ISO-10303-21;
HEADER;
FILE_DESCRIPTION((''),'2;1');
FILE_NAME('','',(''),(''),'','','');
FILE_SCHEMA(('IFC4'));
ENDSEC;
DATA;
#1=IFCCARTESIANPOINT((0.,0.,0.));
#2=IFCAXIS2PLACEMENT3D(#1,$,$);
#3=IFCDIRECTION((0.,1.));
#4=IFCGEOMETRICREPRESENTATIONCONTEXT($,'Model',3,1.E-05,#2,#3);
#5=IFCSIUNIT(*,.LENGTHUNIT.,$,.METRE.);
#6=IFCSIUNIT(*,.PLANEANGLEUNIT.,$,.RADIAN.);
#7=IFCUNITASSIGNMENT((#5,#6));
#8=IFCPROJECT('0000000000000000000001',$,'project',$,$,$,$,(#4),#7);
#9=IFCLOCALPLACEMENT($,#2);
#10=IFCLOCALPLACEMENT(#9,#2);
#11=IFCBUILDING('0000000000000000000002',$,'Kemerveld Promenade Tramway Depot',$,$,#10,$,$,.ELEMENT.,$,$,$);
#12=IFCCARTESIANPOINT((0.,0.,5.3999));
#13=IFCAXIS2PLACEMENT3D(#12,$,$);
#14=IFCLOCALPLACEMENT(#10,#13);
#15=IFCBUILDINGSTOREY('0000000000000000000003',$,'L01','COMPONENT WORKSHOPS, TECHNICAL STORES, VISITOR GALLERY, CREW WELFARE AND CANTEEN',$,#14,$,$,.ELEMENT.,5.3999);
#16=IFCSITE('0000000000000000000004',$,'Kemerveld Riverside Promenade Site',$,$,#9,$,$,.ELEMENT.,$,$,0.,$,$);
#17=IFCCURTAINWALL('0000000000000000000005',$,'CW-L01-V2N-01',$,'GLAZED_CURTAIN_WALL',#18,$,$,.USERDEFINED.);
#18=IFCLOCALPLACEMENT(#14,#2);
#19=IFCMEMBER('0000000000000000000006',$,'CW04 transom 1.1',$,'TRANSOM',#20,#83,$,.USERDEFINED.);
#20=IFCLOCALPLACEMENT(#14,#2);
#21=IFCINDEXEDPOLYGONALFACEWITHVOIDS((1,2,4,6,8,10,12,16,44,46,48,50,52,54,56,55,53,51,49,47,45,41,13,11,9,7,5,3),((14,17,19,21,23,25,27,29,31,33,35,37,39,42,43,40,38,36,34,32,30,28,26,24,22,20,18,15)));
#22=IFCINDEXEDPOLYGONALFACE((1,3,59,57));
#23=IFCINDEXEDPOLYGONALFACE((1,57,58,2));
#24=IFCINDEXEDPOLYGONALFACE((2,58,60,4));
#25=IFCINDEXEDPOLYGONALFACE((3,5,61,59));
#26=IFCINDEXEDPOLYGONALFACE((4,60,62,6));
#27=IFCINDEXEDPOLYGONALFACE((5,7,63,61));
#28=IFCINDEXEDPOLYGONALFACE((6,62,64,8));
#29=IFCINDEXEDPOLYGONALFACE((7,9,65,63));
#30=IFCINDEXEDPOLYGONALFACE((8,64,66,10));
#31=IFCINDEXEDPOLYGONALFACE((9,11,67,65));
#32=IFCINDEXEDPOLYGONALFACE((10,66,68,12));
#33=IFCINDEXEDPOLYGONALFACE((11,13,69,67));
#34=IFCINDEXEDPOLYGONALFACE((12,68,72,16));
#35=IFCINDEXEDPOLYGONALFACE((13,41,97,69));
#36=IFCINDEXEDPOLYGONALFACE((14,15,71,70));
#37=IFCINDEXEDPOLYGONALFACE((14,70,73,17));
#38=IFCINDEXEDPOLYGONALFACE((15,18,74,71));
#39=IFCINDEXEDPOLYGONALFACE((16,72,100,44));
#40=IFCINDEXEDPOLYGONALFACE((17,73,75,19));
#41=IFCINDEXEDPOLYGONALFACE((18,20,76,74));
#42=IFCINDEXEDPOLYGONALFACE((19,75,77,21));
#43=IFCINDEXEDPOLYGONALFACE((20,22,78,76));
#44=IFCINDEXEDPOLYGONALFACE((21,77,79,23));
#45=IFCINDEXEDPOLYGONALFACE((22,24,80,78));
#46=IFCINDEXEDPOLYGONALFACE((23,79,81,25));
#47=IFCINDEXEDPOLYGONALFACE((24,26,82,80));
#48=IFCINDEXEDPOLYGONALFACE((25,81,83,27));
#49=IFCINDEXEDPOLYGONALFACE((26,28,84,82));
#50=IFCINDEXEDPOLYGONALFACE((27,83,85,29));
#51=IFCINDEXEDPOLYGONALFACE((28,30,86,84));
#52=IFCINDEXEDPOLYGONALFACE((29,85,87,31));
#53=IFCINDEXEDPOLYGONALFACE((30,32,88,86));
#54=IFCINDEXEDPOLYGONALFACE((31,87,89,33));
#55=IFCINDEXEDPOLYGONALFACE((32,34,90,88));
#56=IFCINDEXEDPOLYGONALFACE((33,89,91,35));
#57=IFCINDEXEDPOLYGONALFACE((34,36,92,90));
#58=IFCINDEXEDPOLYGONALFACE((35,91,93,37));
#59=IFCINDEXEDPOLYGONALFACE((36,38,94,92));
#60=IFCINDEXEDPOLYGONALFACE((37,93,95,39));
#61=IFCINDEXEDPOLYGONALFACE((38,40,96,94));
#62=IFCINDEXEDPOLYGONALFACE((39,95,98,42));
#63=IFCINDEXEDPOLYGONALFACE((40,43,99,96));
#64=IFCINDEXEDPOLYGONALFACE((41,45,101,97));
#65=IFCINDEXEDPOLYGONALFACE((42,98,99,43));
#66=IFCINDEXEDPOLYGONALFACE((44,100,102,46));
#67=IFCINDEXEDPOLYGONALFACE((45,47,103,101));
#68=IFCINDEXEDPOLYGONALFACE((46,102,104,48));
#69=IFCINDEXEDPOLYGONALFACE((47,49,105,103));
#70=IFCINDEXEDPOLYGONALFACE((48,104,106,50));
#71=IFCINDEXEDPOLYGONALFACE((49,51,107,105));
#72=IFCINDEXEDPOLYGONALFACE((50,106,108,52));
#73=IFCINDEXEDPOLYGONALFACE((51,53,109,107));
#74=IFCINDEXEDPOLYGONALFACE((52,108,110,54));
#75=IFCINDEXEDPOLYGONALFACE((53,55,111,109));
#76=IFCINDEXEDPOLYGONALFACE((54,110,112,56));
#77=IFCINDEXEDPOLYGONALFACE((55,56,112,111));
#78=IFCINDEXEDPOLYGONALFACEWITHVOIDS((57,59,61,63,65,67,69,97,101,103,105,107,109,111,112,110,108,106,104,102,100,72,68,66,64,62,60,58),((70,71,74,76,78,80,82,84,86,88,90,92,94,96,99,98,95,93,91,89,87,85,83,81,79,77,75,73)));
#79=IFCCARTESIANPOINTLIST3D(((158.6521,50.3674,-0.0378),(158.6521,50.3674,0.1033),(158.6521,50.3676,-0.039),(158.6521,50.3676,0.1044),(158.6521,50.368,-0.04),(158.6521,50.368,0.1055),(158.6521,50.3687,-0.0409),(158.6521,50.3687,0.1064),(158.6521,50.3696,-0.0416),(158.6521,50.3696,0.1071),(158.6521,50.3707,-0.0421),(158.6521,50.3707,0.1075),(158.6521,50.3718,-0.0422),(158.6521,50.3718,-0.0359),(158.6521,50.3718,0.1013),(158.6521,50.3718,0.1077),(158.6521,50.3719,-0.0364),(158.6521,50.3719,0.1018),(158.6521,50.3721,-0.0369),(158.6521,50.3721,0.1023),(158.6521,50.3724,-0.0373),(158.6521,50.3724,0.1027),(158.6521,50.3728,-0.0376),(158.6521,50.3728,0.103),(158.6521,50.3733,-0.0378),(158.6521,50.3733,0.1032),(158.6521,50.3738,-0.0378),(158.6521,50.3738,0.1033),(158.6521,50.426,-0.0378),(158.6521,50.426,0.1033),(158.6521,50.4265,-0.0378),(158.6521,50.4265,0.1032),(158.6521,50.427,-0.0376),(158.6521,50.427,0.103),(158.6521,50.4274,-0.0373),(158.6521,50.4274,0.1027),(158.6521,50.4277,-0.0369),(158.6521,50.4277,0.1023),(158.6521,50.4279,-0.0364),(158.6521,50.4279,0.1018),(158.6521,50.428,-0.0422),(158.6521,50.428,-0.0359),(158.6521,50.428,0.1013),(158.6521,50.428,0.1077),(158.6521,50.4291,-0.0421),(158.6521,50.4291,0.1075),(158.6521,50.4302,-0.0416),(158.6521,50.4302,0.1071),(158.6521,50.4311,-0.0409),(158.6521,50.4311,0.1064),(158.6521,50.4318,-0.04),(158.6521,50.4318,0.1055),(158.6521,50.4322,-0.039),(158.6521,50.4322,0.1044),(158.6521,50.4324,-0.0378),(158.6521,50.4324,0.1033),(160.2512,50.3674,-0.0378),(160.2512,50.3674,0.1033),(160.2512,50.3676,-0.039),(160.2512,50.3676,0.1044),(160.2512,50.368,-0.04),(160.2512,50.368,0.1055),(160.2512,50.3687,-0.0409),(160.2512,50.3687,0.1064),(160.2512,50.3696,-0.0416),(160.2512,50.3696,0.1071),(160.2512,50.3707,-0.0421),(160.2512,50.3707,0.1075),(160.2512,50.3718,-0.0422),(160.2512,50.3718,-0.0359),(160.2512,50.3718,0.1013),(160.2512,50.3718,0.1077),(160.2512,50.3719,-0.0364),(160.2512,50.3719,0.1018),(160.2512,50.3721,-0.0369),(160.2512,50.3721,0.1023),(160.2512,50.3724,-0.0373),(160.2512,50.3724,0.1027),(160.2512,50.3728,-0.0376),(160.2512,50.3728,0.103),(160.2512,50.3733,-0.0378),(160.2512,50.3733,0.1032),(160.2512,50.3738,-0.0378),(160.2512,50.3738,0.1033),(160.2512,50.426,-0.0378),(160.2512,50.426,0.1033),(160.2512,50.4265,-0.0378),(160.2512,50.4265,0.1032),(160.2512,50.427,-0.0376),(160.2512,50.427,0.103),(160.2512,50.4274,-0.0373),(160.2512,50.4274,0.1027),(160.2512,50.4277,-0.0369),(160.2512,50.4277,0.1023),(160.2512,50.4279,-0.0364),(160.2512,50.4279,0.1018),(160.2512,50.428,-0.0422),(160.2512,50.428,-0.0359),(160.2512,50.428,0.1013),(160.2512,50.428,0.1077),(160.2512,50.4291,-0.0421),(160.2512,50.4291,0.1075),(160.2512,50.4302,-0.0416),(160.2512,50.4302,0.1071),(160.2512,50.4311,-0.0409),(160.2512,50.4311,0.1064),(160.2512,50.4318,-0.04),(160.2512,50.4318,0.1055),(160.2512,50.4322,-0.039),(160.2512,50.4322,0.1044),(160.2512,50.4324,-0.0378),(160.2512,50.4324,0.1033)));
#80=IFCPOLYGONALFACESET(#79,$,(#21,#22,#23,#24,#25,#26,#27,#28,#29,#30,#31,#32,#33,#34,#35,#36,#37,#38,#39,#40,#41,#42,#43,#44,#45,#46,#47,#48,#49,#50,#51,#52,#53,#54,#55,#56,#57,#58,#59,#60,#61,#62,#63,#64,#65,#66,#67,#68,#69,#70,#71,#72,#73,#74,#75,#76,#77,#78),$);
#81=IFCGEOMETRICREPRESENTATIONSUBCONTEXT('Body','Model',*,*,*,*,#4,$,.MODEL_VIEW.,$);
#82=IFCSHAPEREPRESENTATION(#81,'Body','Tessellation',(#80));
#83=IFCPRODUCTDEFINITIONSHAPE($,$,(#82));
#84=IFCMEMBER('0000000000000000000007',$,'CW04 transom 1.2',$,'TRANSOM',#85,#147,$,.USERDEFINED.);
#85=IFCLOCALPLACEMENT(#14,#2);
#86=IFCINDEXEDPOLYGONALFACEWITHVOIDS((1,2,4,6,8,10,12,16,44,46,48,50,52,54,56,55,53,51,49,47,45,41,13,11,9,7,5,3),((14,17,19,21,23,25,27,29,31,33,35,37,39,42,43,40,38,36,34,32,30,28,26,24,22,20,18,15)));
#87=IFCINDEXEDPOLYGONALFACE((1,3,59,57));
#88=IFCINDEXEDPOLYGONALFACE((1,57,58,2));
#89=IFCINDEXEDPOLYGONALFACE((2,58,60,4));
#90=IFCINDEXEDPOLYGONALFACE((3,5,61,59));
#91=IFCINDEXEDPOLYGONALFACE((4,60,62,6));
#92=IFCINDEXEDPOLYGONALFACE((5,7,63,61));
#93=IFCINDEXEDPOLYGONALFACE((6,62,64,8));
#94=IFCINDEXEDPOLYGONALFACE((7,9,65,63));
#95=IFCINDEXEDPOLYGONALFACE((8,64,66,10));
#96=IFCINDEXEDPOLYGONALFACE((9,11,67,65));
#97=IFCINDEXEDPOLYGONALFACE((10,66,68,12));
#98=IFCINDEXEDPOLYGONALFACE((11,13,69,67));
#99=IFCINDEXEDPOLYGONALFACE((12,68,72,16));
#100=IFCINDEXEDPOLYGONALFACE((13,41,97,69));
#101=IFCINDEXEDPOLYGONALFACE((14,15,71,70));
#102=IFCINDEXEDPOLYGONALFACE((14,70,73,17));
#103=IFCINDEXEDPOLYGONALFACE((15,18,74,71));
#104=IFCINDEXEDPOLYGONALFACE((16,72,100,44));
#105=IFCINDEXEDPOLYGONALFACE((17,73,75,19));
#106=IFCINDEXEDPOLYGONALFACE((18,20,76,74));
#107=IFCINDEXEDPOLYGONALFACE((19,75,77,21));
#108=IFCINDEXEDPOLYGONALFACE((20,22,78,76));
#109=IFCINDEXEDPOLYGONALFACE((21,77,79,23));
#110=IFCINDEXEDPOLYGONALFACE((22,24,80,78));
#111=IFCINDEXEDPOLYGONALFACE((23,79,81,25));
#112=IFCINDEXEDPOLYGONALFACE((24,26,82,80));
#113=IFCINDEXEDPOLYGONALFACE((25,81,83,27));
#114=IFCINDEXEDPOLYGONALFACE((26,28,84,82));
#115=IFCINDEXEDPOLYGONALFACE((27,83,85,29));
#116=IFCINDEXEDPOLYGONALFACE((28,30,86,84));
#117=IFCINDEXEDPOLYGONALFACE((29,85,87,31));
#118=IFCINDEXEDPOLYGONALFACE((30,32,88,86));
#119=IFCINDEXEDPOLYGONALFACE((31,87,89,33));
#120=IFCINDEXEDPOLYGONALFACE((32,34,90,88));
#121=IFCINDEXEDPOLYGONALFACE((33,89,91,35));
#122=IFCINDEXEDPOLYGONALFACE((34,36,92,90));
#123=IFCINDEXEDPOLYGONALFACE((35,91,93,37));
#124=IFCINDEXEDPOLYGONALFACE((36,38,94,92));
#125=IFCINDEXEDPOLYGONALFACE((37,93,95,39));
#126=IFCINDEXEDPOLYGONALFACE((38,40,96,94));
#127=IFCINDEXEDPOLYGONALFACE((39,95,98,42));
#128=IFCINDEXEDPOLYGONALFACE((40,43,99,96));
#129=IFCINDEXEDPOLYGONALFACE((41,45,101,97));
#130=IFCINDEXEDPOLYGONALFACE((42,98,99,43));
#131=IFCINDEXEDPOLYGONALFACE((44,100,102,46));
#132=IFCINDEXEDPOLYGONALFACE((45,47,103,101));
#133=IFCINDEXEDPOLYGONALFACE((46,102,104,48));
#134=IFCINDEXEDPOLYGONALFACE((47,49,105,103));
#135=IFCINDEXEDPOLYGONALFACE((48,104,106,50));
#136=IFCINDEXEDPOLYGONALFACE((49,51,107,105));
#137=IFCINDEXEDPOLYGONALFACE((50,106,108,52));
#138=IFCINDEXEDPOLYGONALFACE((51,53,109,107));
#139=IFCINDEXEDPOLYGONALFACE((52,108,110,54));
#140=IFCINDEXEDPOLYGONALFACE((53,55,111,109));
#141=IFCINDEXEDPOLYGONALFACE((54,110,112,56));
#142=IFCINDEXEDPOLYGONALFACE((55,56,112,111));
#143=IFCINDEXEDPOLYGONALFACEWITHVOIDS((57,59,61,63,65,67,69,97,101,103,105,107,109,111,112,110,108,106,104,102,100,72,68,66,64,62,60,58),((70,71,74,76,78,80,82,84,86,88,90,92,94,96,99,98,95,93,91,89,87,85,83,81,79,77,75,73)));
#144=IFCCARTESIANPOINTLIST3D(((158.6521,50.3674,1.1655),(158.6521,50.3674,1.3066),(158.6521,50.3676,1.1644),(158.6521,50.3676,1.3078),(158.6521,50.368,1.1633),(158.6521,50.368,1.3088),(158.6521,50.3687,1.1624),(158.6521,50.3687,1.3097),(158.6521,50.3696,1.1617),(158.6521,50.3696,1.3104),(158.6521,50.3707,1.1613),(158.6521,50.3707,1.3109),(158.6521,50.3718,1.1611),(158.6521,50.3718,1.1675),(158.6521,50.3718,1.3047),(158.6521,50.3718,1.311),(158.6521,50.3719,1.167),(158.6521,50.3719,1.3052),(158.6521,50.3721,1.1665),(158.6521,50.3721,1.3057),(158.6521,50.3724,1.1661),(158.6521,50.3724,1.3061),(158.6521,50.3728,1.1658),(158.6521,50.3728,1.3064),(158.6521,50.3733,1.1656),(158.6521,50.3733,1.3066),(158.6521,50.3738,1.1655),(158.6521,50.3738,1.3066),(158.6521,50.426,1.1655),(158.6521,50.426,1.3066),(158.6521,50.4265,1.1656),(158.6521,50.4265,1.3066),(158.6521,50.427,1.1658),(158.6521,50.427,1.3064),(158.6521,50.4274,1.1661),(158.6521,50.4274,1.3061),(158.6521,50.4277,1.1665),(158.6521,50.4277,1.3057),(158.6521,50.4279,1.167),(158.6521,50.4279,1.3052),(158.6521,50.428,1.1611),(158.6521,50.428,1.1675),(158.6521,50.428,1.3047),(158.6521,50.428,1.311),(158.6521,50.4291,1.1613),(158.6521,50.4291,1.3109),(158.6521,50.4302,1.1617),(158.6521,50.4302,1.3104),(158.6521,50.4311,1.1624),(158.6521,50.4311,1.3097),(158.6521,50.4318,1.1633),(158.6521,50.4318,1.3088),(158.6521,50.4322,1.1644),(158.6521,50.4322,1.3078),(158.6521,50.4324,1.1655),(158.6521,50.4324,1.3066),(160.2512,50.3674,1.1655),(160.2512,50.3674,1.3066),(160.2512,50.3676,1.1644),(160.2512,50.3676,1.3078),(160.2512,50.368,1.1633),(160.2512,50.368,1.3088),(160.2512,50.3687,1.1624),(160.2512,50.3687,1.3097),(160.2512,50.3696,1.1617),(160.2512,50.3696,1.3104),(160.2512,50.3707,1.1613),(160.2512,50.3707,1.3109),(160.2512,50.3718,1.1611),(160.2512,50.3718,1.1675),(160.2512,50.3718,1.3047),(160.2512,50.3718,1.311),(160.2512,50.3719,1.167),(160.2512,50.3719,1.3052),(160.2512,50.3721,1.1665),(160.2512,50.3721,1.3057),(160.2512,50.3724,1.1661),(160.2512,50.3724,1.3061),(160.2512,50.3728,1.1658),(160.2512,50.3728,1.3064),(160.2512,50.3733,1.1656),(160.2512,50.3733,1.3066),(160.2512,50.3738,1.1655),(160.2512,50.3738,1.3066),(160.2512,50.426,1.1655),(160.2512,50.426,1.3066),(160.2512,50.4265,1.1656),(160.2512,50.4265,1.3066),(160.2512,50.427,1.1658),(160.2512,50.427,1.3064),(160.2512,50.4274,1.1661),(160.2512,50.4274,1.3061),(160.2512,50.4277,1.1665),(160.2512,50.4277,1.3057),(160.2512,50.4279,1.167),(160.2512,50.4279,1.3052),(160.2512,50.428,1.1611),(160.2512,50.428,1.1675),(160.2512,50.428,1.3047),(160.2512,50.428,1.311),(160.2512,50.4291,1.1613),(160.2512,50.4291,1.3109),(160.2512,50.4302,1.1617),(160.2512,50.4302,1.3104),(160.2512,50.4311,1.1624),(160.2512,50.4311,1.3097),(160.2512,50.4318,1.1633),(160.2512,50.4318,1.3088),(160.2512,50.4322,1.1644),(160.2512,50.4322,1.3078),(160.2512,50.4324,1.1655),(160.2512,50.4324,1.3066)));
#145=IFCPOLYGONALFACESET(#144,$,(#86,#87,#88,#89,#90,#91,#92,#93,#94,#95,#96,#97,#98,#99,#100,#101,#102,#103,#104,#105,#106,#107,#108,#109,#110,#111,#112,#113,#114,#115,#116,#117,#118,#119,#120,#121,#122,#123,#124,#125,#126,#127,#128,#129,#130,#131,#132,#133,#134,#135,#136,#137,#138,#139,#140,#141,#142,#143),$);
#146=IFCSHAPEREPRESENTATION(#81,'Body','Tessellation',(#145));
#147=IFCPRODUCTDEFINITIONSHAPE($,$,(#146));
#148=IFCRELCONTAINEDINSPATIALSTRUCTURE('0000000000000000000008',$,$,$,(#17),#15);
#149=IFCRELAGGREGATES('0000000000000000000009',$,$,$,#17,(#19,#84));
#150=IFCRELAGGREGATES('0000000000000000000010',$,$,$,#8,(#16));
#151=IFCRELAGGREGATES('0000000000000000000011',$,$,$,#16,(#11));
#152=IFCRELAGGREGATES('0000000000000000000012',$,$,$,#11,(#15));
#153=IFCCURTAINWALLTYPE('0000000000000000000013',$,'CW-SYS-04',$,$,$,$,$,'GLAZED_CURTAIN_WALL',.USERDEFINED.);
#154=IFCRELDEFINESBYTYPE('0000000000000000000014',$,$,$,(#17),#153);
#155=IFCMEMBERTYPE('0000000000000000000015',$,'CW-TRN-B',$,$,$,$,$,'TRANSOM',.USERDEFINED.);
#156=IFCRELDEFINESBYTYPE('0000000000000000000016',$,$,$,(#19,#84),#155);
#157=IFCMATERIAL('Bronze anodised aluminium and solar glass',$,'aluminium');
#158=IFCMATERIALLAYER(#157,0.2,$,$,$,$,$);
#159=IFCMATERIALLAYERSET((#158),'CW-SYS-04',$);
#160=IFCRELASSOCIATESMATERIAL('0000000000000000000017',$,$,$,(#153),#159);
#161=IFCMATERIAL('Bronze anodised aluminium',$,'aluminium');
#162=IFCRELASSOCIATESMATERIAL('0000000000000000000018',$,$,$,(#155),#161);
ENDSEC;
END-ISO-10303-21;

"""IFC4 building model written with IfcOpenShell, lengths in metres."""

from ifc_helpers import new_model, si_unit, direction, frame, origin, origin_2d, place, context, subcontext, project, spatial, hollow_rectangle, extrude, material, layer, layer_set, material_profile, profile_set, type_object, element, aggregate, save


model = new_model("IFC4")

# Units and contexts
model_context = context("Model", 3, precision=1e-05, world=origin(), true_north=direction((0.0, 1.0)))
body_context = subcontext(model_context, "Body", "Model", "MODEL_VIEW")
ifc_project = project(units=[si_unit("LENGTHUNIT", "METRE"), si_unit("PLANEANGLEUNIT", "RADIAN")], contexts=[model_context])

# Site, building, storey
site_placement = place(None, origin())
site = spatial("IfcSite", under=ifc_project, at=site_placement, Name="Kemerveld Riverside Promenade Site", CompositionType="ELEMENT", RefElevation=0.0)
building_placement = place(site_placement, origin())
building = spatial("IfcBuilding", under=site, at=building_placement, Name="Kemerveld Promenade Tramway Depot", CompositionType="ELEMENT")
storey_placement = place(building_placement, frame((0.0, 0.0, 5.3999)))
storey = spatial("IfcBuildingStorey", under=building, at=storey_placement, Name="L01", Description="COMPONENT WORKSHOPS, TECHNICAL STORES, VISITOR GALLERY, CREW WELFARE AND CANTEEN", CompositionType="ELEMENT", Elevation=5.3999)

# Curtain wall
ifc_material_1 = material(Name="Bronze anodised aluminium and solar glass", Category="aluminium")
ifc_layer_1 = layer(ifc_material_1, 0.2)
ifc_layer_set_1 = layer_set([ifc_layer_1], Name="CW-SYS-04")
curtain_wall_type_1 = type_object("IfcCurtainWallType", Name="CW-SYS-04", ElementType="GLAZED_CURTAIN_WALL", PredefinedType="USERDEFINED", material=ifc_layer_set_1)
curtain_wall_1_placement = place(storey_placement, origin())
curtain_wall_1 = element("IfcCurtainWall", 1, at=curtain_wall_1_placement, inside=storey, type_object=curtain_wall_type_1, Name="CW-L01-V2N-01", ObjectType="GLAZED_CURTAIN_WALL", PredefinedType="USERDEFINED")
ifc_material_2 = material(Name="Bronze anodised aluminium", Category="aluminium")

# Members
ifc_material_profile_1 = material_profile(ifc_material_2, hollow_rectangle(XDim=0.0649, YDim=0.1499, WallThickness=0.0044, InnerFilletRadius=0.002, OuterFilletRadius=0.0044, at=origin_2d()), Name="CW-TRN-150x65")
ifc_profile_set_1 = profile_set([ifc_material_profile_1], Name="Bronze anodised aluminium")
member_type_1 = type_object("IfcMemberType", Name="CW-TRN-B", ElementType="TRANSOM", PredefinedType="USERDEFINED", material=ifc_profile_set_1)
member_1_placement = place(storey_placement, frame((158.6521, 50.3999, 0.0327), z_axis=(1.0, 0.0, 0.0), x_axis=(0.0, 1.0, 0.0)))
member_1 = element("IfcMember", 2, at=member_1_placement, type_object=member_type_1, Name="CW04 transom 1.1", ObjectType="TRANSOM", PredefinedType="USERDEFINED", context=body_context, shape_type="SweptSolid", body=[
    extrude(hollow_rectangle(XDim=0.0649, YDim=0.1499, WallThickness=0.0044, InnerFilletRadius=0.002, OuterFilletRadius=0.0044, at=origin_2d()), origin(), (0.0, 0.0, 1.0), 1.5991),
])
member_2_placement = place(storey_placement, frame((158.6521, 50.3999, 1.2361), z_axis=(1.0, 0.0, 0.0), x_axis=(0.0, 1.0, 0.0)))
member_2 = element("IfcMember", 3, at=member_2_placement, type_object=member_type_1, Name="CW04 transom 1.2", ObjectType="TRANSOM", PredefinedType="USERDEFINED", context=body_context, shape_type="SweptSolid", body=[
    extrude(hollow_rectangle(XDim=0.0649, YDim=0.1499, WallThickness=0.0044, InnerFilletRadius=0.002, OuterFilletRadius=0.0044, at=origin_2d()), origin(), (0.0, 0.0, 1.0), 1.5991),
])

aggregate(curtain_wall_1, [member_1, member_2])

save(model, "model.ifc")
